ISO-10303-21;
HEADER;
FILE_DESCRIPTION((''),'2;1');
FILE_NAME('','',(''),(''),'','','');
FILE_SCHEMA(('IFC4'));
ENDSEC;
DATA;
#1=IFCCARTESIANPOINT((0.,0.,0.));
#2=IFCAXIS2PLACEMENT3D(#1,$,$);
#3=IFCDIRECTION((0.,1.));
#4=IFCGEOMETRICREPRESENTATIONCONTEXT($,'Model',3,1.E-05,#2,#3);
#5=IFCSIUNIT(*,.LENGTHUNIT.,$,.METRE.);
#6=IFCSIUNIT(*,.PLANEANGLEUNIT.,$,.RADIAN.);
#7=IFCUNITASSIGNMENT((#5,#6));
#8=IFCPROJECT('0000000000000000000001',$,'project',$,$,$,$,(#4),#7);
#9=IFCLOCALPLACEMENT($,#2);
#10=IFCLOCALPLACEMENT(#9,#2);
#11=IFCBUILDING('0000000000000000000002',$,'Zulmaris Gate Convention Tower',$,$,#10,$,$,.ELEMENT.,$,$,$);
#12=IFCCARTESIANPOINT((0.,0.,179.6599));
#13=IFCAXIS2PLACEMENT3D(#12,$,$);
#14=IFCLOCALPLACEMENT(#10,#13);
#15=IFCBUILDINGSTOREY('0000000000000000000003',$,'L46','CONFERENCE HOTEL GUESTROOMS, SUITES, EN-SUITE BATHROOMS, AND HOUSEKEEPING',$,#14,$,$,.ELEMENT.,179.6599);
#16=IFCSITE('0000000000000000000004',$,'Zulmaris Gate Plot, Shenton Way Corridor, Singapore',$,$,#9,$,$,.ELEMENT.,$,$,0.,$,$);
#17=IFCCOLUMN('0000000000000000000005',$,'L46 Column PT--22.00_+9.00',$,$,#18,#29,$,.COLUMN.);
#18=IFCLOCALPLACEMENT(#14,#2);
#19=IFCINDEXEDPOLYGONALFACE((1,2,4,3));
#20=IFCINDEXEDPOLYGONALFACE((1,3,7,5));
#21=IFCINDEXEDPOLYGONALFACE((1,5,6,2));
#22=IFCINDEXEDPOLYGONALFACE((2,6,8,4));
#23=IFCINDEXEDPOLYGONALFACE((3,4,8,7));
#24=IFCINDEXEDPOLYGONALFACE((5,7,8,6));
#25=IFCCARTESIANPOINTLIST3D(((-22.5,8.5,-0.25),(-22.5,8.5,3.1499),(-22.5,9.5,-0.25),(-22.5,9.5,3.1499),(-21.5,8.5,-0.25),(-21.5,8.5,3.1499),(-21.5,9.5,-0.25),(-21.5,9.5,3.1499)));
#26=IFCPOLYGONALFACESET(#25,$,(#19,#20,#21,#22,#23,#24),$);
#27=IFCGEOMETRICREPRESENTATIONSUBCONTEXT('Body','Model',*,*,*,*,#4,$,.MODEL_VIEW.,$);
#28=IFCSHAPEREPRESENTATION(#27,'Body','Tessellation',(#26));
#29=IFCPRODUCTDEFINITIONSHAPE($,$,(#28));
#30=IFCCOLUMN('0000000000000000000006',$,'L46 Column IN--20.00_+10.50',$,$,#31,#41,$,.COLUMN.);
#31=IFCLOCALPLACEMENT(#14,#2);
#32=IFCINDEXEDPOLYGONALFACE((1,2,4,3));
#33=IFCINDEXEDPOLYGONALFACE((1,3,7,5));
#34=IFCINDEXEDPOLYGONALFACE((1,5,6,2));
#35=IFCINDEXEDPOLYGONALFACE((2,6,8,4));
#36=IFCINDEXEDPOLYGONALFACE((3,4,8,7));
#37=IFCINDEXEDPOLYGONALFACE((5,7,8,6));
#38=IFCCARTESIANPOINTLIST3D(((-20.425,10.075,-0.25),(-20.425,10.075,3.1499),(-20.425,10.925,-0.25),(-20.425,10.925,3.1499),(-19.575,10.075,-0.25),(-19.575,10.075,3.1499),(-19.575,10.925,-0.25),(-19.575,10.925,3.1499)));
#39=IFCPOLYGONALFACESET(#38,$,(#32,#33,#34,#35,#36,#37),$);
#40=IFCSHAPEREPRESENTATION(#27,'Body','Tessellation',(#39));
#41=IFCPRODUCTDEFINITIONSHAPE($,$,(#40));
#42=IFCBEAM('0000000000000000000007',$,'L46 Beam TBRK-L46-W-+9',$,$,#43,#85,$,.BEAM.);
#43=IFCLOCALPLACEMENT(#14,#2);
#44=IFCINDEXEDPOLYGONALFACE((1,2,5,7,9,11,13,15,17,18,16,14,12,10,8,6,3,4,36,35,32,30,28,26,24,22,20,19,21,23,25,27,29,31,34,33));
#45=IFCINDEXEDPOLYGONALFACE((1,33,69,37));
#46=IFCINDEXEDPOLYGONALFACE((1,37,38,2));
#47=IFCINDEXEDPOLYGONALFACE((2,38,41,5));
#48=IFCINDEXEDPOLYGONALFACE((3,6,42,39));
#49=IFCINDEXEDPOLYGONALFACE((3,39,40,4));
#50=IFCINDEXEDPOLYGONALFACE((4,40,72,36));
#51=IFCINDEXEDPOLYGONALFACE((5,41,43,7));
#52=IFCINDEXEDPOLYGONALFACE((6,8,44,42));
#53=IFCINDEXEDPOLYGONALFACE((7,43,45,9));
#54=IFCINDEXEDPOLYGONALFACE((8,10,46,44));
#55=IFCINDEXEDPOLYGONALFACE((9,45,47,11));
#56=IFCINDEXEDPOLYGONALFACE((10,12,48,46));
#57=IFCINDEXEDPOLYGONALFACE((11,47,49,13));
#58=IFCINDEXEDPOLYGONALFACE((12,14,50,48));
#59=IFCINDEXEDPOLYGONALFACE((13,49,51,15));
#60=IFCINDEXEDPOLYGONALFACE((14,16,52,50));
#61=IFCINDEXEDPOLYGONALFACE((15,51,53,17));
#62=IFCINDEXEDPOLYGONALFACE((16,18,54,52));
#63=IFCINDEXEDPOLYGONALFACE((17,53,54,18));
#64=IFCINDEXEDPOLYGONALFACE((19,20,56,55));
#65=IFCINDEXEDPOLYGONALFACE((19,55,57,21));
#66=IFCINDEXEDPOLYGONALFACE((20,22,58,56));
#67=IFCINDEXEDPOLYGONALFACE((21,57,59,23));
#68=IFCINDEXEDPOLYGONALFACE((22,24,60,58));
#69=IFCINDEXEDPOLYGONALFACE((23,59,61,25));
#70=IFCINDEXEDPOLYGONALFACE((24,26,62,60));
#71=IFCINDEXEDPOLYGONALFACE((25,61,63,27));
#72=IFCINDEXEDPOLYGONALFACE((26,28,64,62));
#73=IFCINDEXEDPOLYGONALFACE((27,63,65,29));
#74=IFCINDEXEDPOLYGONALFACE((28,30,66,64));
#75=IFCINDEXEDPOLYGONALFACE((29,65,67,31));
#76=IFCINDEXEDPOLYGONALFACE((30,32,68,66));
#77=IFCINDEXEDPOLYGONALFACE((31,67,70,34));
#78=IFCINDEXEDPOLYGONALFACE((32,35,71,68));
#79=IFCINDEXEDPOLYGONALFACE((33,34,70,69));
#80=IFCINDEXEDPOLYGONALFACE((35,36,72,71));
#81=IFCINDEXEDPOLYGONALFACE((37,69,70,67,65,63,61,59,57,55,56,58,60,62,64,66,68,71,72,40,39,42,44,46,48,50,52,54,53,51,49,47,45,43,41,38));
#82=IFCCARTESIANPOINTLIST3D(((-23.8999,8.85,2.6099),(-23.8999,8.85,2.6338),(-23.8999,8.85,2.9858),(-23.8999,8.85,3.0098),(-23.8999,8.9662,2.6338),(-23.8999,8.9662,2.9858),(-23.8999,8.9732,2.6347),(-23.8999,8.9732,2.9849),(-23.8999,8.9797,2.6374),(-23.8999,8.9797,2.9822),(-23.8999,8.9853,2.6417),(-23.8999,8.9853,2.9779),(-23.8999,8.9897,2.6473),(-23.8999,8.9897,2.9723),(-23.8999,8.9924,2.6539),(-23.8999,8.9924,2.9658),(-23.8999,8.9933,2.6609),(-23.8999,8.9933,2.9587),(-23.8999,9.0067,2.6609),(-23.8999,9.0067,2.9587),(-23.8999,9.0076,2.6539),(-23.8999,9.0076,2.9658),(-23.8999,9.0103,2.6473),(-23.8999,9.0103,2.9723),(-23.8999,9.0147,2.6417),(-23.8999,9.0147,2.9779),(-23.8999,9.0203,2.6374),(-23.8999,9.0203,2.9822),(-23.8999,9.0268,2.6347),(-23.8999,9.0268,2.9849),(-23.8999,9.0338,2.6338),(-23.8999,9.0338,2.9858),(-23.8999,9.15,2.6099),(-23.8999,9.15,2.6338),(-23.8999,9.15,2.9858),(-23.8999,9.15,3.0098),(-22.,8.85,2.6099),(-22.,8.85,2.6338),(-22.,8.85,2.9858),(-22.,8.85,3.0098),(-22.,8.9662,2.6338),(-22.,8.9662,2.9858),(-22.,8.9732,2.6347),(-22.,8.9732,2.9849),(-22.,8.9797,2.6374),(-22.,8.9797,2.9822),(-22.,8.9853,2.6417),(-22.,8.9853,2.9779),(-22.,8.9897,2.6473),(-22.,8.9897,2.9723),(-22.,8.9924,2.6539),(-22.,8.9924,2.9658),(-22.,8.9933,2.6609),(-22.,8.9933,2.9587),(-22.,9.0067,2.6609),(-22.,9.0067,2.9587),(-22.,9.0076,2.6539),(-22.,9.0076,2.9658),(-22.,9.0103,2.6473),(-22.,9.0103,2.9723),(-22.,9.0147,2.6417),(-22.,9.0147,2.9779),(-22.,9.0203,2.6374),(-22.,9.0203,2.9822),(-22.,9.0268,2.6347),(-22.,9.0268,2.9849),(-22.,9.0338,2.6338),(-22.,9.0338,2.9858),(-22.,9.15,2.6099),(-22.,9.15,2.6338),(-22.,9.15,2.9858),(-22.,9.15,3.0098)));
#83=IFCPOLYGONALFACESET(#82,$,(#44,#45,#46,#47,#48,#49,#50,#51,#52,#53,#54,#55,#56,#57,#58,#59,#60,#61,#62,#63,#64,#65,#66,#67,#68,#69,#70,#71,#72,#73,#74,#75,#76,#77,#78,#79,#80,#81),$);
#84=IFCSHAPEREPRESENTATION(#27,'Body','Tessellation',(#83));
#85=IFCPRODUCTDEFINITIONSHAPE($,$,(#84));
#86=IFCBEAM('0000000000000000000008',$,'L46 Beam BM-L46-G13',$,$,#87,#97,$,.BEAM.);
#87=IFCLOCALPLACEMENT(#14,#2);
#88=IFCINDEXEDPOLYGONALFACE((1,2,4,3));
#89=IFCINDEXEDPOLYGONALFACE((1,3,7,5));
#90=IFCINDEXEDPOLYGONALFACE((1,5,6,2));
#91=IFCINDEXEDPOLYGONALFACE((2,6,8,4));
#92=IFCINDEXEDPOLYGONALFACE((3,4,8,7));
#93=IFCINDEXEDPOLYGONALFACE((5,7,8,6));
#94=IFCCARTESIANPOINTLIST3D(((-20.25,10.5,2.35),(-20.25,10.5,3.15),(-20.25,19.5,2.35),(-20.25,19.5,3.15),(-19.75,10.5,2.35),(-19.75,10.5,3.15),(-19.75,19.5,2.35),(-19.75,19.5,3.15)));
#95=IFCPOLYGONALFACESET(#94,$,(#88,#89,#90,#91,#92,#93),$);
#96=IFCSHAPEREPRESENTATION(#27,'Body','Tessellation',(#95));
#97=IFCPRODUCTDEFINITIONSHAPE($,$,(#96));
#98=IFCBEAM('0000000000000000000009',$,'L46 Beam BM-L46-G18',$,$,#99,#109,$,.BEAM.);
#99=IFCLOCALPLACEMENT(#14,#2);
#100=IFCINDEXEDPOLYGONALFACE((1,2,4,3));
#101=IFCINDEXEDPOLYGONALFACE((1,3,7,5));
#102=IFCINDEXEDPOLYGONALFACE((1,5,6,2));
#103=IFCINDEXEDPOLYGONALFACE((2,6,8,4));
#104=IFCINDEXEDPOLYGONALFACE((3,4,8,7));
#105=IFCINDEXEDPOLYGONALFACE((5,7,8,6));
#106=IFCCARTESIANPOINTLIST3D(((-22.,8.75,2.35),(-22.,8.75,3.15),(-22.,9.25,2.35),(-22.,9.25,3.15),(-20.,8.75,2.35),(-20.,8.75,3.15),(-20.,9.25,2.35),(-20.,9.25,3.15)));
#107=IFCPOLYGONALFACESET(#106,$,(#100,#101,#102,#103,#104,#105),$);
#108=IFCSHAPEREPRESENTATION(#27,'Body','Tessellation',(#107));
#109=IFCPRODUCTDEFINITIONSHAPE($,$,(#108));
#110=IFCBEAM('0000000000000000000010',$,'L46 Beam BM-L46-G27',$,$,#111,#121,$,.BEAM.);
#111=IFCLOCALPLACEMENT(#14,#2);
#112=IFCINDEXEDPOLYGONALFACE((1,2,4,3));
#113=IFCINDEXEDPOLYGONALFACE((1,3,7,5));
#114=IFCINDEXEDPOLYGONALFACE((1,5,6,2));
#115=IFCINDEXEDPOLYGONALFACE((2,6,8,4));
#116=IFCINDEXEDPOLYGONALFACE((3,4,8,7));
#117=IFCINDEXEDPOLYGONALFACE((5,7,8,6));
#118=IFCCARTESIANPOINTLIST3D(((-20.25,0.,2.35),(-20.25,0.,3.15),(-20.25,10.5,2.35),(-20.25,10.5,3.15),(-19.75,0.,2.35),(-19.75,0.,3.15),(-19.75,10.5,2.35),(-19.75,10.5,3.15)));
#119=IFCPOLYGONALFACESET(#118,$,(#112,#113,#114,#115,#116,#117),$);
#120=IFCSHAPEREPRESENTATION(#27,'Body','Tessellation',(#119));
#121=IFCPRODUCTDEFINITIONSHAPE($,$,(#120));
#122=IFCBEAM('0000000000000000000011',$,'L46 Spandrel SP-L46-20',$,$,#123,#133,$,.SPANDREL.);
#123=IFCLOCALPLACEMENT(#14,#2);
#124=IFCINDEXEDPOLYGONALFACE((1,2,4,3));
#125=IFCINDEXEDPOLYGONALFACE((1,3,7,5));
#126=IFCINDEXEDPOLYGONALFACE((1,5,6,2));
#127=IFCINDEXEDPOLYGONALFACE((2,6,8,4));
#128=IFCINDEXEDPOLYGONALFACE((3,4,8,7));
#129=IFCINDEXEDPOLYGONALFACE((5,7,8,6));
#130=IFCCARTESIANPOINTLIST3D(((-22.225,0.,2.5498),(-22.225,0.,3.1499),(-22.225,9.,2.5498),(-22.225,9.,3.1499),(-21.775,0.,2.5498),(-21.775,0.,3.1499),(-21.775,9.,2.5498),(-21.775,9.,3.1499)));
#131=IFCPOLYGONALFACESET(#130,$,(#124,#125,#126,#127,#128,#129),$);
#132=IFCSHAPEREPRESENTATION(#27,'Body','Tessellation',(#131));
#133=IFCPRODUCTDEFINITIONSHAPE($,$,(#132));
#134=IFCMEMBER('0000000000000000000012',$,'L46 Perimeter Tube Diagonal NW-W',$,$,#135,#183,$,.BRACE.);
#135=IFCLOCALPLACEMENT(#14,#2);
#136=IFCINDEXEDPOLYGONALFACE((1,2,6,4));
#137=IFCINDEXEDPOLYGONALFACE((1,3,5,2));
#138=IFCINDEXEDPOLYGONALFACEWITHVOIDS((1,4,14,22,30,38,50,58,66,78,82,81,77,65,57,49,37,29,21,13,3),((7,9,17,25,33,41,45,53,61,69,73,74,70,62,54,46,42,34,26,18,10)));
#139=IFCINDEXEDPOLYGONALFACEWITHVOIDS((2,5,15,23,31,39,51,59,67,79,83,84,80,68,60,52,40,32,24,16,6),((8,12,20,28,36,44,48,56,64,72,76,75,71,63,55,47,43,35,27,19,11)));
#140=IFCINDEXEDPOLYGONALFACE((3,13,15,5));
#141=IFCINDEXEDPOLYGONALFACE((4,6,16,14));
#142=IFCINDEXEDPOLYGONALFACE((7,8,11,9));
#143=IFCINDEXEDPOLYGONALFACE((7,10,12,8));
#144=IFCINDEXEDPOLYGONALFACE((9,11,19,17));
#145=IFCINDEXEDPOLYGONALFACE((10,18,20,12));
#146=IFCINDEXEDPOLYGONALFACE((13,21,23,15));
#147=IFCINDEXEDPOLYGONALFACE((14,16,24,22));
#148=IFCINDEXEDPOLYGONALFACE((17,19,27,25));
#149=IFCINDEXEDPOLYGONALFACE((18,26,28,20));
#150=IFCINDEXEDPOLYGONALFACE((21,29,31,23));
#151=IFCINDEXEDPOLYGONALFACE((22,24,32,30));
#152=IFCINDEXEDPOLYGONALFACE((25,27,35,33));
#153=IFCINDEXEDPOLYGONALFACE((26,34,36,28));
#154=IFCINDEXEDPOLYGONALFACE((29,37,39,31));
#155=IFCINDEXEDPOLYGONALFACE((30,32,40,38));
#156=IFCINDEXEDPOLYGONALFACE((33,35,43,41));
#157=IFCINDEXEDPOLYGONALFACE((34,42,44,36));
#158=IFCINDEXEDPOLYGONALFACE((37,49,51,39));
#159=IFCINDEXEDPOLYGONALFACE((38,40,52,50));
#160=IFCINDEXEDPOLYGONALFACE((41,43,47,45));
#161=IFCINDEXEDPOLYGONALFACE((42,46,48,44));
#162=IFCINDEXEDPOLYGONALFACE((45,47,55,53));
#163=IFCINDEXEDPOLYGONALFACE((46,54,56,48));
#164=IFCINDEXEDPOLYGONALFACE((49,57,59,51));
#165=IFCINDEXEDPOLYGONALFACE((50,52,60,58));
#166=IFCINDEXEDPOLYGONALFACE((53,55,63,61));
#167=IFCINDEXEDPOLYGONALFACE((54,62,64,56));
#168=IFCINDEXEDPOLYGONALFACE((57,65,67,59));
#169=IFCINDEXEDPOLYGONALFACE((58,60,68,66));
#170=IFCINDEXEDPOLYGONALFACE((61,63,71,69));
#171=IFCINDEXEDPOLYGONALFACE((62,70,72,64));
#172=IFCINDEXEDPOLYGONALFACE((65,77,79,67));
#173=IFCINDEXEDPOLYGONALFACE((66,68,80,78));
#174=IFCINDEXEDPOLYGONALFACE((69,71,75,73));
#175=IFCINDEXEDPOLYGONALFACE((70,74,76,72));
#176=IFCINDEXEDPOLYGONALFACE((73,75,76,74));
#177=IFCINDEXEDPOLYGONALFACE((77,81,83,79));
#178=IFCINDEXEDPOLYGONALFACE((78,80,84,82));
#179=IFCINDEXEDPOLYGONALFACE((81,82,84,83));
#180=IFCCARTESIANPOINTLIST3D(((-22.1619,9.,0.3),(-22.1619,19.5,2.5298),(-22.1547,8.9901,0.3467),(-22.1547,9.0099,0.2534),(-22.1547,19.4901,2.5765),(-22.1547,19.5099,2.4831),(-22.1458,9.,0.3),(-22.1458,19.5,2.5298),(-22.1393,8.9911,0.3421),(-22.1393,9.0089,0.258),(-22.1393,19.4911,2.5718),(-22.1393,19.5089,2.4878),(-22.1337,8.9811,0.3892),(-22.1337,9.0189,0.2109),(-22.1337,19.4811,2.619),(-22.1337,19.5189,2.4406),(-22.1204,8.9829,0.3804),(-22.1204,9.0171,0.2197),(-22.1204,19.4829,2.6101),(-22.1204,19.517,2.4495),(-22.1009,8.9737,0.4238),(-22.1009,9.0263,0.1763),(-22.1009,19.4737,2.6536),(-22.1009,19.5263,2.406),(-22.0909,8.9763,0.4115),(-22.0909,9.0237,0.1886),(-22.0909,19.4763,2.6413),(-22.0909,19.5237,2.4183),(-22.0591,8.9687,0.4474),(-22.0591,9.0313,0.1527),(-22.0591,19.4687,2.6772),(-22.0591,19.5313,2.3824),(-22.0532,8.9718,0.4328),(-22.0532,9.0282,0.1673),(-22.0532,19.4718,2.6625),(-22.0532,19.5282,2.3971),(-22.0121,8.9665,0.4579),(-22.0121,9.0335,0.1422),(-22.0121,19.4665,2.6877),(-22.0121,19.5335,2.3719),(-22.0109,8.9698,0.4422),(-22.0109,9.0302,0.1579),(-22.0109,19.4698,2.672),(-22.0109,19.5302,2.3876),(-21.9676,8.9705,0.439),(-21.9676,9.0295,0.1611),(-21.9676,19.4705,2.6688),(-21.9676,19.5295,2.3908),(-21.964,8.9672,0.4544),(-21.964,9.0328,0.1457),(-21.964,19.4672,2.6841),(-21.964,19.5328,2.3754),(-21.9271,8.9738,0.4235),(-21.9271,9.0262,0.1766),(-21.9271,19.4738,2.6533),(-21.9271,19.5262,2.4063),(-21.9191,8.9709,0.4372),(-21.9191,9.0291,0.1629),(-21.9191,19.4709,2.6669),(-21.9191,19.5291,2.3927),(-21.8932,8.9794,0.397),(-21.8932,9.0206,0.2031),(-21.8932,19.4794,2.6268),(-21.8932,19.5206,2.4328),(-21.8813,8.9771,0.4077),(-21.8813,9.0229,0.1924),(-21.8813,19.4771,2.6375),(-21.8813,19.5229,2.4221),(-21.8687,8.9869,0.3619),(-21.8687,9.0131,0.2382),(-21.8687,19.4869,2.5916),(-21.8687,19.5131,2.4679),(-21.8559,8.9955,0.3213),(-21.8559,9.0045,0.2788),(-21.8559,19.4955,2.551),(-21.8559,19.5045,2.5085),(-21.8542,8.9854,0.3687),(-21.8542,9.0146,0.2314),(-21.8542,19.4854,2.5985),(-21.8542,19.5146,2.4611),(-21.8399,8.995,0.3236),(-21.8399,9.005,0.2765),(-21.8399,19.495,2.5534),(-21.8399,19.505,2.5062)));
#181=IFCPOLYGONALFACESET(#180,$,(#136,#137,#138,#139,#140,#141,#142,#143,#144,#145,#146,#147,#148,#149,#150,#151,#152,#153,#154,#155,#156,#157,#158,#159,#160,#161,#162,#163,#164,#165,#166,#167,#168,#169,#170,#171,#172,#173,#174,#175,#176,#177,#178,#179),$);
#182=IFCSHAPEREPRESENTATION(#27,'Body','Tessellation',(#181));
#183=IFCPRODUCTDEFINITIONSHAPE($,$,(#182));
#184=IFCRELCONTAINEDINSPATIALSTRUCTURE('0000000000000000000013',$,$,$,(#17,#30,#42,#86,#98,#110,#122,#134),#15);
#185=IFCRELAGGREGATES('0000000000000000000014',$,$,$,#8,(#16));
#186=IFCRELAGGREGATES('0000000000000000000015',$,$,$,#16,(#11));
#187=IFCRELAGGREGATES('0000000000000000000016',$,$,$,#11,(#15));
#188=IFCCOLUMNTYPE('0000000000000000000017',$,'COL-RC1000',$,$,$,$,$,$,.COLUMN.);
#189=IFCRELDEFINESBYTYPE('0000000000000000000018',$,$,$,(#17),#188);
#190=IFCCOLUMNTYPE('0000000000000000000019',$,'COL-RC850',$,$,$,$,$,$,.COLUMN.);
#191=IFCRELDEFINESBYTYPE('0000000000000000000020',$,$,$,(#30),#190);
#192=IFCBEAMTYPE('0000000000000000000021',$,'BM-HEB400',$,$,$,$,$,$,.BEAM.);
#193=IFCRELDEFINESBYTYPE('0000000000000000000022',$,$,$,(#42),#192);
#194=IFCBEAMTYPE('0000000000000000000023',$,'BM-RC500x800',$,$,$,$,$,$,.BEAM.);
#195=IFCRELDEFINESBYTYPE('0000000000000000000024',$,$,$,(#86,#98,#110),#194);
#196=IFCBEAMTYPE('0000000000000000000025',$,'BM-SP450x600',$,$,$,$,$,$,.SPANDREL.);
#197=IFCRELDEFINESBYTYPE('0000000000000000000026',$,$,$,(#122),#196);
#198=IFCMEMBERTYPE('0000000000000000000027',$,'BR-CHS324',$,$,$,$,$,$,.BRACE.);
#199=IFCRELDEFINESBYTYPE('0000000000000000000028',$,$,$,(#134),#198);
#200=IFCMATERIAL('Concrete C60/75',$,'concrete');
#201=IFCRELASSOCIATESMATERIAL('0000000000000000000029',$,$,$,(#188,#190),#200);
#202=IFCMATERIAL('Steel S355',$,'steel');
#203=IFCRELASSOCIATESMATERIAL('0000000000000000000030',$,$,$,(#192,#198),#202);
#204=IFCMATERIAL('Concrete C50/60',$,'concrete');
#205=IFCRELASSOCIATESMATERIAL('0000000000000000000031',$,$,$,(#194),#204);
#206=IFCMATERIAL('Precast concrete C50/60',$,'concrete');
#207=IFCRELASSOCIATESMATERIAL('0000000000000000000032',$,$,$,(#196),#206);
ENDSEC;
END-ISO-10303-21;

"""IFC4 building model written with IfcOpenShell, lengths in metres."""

from ifc_helpers import new_model, si_unit, direction, frame, origin, origin_2d, place, context, subcontext, project, spatial, rectangle, hollow_circle, i_section, extrude, material, material_profile, profile_set, type_object, element, save


model = new_model("IFC4")

# Units and contexts
model_context = context("Model", 3, precision=1e-05, world=origin(), true_north=direction((0.0, 1.0)))
body_context = subcontext(model_context, "Body", "Model", "MODEL_VIEW")
ifc_project = project(units=[si_unit("LENGTHUNIT", "METRE"), si_unit("PLANEANGLEUNIT", "RADIAN")], contexts=[model_context])

# Site, building, storey
site_placement = place(None, origin())
site = spatial("IfcSite", under=ifc_project, at=site_placement, Name="Zulmaris Gate Plot, Shenton Way Corridor, Singapore", CompositionType="ELEMENT", RefElevation=0.0)
building_placement = place(site_placement, origin())
building = spatial("IfcBuilding", under=site, at=building_placement, Name="Zulmaris Gate Convention Tower", CompositionType="ELEMENT")
storey_placement = place(building_placement, frame((0.0, 0.0, 179.6599)))
storey = spatial("IfcBuildingStorey", under=building, at=storey_placement, Name="L46", Description="CONFERENCE HOTEL GUESTROOMS, SUITES, EN-SUITE BATHROOMS, AND HOUSEKEEPING", CompositionType="ELEMENT", Elevation=179.6599)

# Columns
ifc_material_1 = material(Name="Concrete C60/75", Category="concrete")
ifc_material_profile_1 = material_profile(ifc_material_1, rectangle(XDim=1.0, YDim=1.0, at=origin_2d()), Name="RC COL 1000x1000")
ifc_profile_set_1 = profile_set([ifc_material_profile_1], Name="Concrete C60/75")
column_type_1 = type_object("IfcColumnType", Name="COL-RC1000", PredefinedType="COLUMN", material=ifc_profile_set_1)
column_1_placement = place(storey_placement, frame((-22.0, 9.0, -0.25), z_axis=(0.0, 0.0, 1.0), x_axis=(1.0, 0.0, 0.0)))
element("IfcColumn", 1, at=column_1_placement, inside=storey, type_object=column_type_1, Name="L46 Column PT--22.00_+9.00", PredefinedType="COLUMN", context=body_context, shape_type="SweptSolid", body=[
    extrude(rectangle(XDim=1.0, YDim=1.0, at=origin_2d()), origin(), (0.0, 0.0, 1.0), 3.3999),
])
ifc_material_profile_2 = material_profile(ifc_material_1, rectangle(XDim=0.8501, YDim=0.8501, at=origin_2d()), Name="RC COL 850x850")
ifc_profile_set_2 = profile_set([ifc_material_profile_2], Name="Concrete C60/75")
column_type_2 = type_object("IfcColumnType", Name="COL-RC850", PredefinedType="COLUMN", material=ifc_profile_set_2)
column_2_placement = place(storey_placement, frame((-20.0, 10.5, -0.25), z_axis=(0.0, 0.0, 1.0), x_axis=(1.0, 0.0, 0.0)))
element("IfcColumn", 2, at=column_2_placement, inside=storey, type_object=column_type_2, Name="L46 Column IN--20.00_+10.50", PredefinedType="COLUMN", context=body_context, shape_type="SweptSolid", body=[
    extrude(rectangle(XDim=0.8501, YDim=0.8501, at=origin_2d()), origin(), (0.0, 0.0, 1.0), 3.3999),
])

# Beams
ifc_material_2 = material(Name="Steel S355", Category="steel")
ifc_material_profile_3 = material_profile(ifc_material_2, i_section(OverallWidth=0.3, OverallDepth=0.3999, WebThickness=0.0134, FlangeThickness=0.0239, FilletRadius=0.0271, at=origin_2d()), Name="HEB 400")
ifc_profile_set_3 = profile_set([ifc_material_profile_3], Name="Steel S355")
beam_type_1 = type_object("IfcBeamType", Name="BM-HEB400", PredefinedType="BEAM", material=ifc_profile_set_3)
beam_1_placement = place(storey_placement, frame((-23.8999, 9.0, 2.8098), z_axis=(1.0, 0.0, 0.0), x_axis=(0.0, 1.0, 0.0)))
element("IfcBeam", 3, at=beam_1_placement, inside=storey, type_object=beam_type_1, Name="L46 Beam TBRK-L46-W-+9", PredefinedType="BEAM", context=body_context, shape_type="SweptSolid", body=[
    extrude(i_section(OverallWidth=0.3, OverallDepth=0.3999, WebThickness=0.0134, FlangeThickness=0.0239, FilletRadius=0.0271, at=origin_2d()), origin(), (0.0, 0.0, 1.0), 1.8999),
])
ifc_material_3 = material(Name="Concrete C50/60", Category="concrete")
ifc_material_profile_4 = material_profile(ifc_material_3, rectangle(XDim=0.5, YDim=0.8, at=origin_2d()), Name="RC BEAM 500x800")
ifc_profile_set_4 = profile_set([ifc_material_profile_4], Name="Concrete C50/60")
beam_type_2 = type_object("IfcBeamType", Name="BM-RC500x800", PredefinedType="BEAM", material=ifc_profile_set_4)
beam_2_placement = place(storey_placement, frame((-20.0, 10.5, 2.75), z_axis=(0.0, 1.0, 0.0), x_axis=(-1.0, 0.0, 0.0)))
element("IfcBeam", 4, at=beam_2_placement, inside=storey, type_object=beam_type_2, Name="L46 Beam BM-L46-G13", PredefinedType="BEAM", context=body_context, shape_type="SweptSolid", body=[
    extrude(rectangle(XDim=0.5, YDim=0.8, at=origin_2d()), origin(), (0.0, 0.0, 1.0), 9.0),
])
beam_3_placement = place(storey_placement, frame((-22.0, 9.0, 2.75), z_axis=(1.0, 0.0, 0.0), x_axis=(0.0, 1.0, 0.0)))
element("IfcBeam", 5, at=beam_3_placement, inside=storey, type_object=beam_type_2, Name="L46 Beam BM-L46-G18", PredefinedType="BEAM", context=body_context, shape_type="SweptSolid", body=[
    extrude(rectangle(XDim=0.5, YDim=0.8, at=origin_2d()), origin(), (0.0, 0.0, 1.0), 2.0),
])
beam_4_placement = place(storey_placement, frame((-20.0, 0.0, 2.75), z_axis=(0.0, 1.0, 0.0), x_axis=(-1.0, 0.0, 0.0)))
element("IfcBeam", 6, at=beam_4_placement, inside=storey, type_object=beam_type_2, Name="L46 Beam BM-L46-G27", PredefinedType="BEAM", context=body_context, shape_type="SweptSolid", body=[
    extrude(rectangle(XDim=0.5, YDim=0.8, at=origin_2d()), origin(), (0.0, 0.0, 1.0), 10.5),
])
ifc_material_4 = material(Name="Precast concrete C50/60", Category="concrete")
ifc_material_profile_5 = material_profile(ifc_material_4, rectangle(XDim=0.45, YDim=0.6001, at=origin_2d()), Name="RC SPANDREL 450x600")
ifc_profile_set_5 = profile_set([ifc_material_profile_5], Name="Precast concrete C50/60")
beam_type_3 = type_object("IfcBeamType", Name="BM-SP450x600", PredefinedType="SPANDREL", material=ifc_profile_set_5)
beam_5_placement = place(storey_placement, frame((-22.0, 9.0, 2.8499), z_axis=(0.0, -1.0, 0.0), x_axis=(1.0, 0.0, 0.0)))
element("IfcBeam", 7, at=beam_5_placement, inside=storey, type_object=beam_type_3, Name="L46 Spandrel SP-L46-20", PredefinedType="SPANDREL", context=body_context, shape_type="SweptSolid", body=[
    extrude(rectangle(XDim=0.45, YDim=0.6001, at=origin_2d()), origin(), (0.0, 0.0, 1.0), 9.0),
])

# Member
ifc_material_profile_6 = material_profile(ifc_material_2, hollow_circle(Radius=0.1619, WallThickness=0.0161, at=origin_2d()), Name="CHS 323.9x16")
ifc_profile_set_6 = profile_set([ifc_material_profile_6], Name="Steel S355")
member_type = type_object("IfcMemberType", Name="BR-CHS324", PredefinedType="BRACE", material=ifc_profile_set_6)
member_placement = place(storey_placement, frame((-22.0, 9.0, 0.3), z_axis=(0.0, 0.978188, 0.207724), x_axis=(-1.0, 0.0, 0.0)))
element("IfcMember", 8, at=member_placement, inside=storey, type_object=member_type, Name="L46 Perimeter Tube Diagonal NW-W", PredefinedType="BRACE", context=body_context, shape_type="SweptSolid", body=[
    extrude(hollow_circle(Radius=0.1619, WallThickness=0.0161, at=origin_2d()), origin(), (0.0, 0.0, 1.0), 10.7341),
])

save(model, "model.ifc")
